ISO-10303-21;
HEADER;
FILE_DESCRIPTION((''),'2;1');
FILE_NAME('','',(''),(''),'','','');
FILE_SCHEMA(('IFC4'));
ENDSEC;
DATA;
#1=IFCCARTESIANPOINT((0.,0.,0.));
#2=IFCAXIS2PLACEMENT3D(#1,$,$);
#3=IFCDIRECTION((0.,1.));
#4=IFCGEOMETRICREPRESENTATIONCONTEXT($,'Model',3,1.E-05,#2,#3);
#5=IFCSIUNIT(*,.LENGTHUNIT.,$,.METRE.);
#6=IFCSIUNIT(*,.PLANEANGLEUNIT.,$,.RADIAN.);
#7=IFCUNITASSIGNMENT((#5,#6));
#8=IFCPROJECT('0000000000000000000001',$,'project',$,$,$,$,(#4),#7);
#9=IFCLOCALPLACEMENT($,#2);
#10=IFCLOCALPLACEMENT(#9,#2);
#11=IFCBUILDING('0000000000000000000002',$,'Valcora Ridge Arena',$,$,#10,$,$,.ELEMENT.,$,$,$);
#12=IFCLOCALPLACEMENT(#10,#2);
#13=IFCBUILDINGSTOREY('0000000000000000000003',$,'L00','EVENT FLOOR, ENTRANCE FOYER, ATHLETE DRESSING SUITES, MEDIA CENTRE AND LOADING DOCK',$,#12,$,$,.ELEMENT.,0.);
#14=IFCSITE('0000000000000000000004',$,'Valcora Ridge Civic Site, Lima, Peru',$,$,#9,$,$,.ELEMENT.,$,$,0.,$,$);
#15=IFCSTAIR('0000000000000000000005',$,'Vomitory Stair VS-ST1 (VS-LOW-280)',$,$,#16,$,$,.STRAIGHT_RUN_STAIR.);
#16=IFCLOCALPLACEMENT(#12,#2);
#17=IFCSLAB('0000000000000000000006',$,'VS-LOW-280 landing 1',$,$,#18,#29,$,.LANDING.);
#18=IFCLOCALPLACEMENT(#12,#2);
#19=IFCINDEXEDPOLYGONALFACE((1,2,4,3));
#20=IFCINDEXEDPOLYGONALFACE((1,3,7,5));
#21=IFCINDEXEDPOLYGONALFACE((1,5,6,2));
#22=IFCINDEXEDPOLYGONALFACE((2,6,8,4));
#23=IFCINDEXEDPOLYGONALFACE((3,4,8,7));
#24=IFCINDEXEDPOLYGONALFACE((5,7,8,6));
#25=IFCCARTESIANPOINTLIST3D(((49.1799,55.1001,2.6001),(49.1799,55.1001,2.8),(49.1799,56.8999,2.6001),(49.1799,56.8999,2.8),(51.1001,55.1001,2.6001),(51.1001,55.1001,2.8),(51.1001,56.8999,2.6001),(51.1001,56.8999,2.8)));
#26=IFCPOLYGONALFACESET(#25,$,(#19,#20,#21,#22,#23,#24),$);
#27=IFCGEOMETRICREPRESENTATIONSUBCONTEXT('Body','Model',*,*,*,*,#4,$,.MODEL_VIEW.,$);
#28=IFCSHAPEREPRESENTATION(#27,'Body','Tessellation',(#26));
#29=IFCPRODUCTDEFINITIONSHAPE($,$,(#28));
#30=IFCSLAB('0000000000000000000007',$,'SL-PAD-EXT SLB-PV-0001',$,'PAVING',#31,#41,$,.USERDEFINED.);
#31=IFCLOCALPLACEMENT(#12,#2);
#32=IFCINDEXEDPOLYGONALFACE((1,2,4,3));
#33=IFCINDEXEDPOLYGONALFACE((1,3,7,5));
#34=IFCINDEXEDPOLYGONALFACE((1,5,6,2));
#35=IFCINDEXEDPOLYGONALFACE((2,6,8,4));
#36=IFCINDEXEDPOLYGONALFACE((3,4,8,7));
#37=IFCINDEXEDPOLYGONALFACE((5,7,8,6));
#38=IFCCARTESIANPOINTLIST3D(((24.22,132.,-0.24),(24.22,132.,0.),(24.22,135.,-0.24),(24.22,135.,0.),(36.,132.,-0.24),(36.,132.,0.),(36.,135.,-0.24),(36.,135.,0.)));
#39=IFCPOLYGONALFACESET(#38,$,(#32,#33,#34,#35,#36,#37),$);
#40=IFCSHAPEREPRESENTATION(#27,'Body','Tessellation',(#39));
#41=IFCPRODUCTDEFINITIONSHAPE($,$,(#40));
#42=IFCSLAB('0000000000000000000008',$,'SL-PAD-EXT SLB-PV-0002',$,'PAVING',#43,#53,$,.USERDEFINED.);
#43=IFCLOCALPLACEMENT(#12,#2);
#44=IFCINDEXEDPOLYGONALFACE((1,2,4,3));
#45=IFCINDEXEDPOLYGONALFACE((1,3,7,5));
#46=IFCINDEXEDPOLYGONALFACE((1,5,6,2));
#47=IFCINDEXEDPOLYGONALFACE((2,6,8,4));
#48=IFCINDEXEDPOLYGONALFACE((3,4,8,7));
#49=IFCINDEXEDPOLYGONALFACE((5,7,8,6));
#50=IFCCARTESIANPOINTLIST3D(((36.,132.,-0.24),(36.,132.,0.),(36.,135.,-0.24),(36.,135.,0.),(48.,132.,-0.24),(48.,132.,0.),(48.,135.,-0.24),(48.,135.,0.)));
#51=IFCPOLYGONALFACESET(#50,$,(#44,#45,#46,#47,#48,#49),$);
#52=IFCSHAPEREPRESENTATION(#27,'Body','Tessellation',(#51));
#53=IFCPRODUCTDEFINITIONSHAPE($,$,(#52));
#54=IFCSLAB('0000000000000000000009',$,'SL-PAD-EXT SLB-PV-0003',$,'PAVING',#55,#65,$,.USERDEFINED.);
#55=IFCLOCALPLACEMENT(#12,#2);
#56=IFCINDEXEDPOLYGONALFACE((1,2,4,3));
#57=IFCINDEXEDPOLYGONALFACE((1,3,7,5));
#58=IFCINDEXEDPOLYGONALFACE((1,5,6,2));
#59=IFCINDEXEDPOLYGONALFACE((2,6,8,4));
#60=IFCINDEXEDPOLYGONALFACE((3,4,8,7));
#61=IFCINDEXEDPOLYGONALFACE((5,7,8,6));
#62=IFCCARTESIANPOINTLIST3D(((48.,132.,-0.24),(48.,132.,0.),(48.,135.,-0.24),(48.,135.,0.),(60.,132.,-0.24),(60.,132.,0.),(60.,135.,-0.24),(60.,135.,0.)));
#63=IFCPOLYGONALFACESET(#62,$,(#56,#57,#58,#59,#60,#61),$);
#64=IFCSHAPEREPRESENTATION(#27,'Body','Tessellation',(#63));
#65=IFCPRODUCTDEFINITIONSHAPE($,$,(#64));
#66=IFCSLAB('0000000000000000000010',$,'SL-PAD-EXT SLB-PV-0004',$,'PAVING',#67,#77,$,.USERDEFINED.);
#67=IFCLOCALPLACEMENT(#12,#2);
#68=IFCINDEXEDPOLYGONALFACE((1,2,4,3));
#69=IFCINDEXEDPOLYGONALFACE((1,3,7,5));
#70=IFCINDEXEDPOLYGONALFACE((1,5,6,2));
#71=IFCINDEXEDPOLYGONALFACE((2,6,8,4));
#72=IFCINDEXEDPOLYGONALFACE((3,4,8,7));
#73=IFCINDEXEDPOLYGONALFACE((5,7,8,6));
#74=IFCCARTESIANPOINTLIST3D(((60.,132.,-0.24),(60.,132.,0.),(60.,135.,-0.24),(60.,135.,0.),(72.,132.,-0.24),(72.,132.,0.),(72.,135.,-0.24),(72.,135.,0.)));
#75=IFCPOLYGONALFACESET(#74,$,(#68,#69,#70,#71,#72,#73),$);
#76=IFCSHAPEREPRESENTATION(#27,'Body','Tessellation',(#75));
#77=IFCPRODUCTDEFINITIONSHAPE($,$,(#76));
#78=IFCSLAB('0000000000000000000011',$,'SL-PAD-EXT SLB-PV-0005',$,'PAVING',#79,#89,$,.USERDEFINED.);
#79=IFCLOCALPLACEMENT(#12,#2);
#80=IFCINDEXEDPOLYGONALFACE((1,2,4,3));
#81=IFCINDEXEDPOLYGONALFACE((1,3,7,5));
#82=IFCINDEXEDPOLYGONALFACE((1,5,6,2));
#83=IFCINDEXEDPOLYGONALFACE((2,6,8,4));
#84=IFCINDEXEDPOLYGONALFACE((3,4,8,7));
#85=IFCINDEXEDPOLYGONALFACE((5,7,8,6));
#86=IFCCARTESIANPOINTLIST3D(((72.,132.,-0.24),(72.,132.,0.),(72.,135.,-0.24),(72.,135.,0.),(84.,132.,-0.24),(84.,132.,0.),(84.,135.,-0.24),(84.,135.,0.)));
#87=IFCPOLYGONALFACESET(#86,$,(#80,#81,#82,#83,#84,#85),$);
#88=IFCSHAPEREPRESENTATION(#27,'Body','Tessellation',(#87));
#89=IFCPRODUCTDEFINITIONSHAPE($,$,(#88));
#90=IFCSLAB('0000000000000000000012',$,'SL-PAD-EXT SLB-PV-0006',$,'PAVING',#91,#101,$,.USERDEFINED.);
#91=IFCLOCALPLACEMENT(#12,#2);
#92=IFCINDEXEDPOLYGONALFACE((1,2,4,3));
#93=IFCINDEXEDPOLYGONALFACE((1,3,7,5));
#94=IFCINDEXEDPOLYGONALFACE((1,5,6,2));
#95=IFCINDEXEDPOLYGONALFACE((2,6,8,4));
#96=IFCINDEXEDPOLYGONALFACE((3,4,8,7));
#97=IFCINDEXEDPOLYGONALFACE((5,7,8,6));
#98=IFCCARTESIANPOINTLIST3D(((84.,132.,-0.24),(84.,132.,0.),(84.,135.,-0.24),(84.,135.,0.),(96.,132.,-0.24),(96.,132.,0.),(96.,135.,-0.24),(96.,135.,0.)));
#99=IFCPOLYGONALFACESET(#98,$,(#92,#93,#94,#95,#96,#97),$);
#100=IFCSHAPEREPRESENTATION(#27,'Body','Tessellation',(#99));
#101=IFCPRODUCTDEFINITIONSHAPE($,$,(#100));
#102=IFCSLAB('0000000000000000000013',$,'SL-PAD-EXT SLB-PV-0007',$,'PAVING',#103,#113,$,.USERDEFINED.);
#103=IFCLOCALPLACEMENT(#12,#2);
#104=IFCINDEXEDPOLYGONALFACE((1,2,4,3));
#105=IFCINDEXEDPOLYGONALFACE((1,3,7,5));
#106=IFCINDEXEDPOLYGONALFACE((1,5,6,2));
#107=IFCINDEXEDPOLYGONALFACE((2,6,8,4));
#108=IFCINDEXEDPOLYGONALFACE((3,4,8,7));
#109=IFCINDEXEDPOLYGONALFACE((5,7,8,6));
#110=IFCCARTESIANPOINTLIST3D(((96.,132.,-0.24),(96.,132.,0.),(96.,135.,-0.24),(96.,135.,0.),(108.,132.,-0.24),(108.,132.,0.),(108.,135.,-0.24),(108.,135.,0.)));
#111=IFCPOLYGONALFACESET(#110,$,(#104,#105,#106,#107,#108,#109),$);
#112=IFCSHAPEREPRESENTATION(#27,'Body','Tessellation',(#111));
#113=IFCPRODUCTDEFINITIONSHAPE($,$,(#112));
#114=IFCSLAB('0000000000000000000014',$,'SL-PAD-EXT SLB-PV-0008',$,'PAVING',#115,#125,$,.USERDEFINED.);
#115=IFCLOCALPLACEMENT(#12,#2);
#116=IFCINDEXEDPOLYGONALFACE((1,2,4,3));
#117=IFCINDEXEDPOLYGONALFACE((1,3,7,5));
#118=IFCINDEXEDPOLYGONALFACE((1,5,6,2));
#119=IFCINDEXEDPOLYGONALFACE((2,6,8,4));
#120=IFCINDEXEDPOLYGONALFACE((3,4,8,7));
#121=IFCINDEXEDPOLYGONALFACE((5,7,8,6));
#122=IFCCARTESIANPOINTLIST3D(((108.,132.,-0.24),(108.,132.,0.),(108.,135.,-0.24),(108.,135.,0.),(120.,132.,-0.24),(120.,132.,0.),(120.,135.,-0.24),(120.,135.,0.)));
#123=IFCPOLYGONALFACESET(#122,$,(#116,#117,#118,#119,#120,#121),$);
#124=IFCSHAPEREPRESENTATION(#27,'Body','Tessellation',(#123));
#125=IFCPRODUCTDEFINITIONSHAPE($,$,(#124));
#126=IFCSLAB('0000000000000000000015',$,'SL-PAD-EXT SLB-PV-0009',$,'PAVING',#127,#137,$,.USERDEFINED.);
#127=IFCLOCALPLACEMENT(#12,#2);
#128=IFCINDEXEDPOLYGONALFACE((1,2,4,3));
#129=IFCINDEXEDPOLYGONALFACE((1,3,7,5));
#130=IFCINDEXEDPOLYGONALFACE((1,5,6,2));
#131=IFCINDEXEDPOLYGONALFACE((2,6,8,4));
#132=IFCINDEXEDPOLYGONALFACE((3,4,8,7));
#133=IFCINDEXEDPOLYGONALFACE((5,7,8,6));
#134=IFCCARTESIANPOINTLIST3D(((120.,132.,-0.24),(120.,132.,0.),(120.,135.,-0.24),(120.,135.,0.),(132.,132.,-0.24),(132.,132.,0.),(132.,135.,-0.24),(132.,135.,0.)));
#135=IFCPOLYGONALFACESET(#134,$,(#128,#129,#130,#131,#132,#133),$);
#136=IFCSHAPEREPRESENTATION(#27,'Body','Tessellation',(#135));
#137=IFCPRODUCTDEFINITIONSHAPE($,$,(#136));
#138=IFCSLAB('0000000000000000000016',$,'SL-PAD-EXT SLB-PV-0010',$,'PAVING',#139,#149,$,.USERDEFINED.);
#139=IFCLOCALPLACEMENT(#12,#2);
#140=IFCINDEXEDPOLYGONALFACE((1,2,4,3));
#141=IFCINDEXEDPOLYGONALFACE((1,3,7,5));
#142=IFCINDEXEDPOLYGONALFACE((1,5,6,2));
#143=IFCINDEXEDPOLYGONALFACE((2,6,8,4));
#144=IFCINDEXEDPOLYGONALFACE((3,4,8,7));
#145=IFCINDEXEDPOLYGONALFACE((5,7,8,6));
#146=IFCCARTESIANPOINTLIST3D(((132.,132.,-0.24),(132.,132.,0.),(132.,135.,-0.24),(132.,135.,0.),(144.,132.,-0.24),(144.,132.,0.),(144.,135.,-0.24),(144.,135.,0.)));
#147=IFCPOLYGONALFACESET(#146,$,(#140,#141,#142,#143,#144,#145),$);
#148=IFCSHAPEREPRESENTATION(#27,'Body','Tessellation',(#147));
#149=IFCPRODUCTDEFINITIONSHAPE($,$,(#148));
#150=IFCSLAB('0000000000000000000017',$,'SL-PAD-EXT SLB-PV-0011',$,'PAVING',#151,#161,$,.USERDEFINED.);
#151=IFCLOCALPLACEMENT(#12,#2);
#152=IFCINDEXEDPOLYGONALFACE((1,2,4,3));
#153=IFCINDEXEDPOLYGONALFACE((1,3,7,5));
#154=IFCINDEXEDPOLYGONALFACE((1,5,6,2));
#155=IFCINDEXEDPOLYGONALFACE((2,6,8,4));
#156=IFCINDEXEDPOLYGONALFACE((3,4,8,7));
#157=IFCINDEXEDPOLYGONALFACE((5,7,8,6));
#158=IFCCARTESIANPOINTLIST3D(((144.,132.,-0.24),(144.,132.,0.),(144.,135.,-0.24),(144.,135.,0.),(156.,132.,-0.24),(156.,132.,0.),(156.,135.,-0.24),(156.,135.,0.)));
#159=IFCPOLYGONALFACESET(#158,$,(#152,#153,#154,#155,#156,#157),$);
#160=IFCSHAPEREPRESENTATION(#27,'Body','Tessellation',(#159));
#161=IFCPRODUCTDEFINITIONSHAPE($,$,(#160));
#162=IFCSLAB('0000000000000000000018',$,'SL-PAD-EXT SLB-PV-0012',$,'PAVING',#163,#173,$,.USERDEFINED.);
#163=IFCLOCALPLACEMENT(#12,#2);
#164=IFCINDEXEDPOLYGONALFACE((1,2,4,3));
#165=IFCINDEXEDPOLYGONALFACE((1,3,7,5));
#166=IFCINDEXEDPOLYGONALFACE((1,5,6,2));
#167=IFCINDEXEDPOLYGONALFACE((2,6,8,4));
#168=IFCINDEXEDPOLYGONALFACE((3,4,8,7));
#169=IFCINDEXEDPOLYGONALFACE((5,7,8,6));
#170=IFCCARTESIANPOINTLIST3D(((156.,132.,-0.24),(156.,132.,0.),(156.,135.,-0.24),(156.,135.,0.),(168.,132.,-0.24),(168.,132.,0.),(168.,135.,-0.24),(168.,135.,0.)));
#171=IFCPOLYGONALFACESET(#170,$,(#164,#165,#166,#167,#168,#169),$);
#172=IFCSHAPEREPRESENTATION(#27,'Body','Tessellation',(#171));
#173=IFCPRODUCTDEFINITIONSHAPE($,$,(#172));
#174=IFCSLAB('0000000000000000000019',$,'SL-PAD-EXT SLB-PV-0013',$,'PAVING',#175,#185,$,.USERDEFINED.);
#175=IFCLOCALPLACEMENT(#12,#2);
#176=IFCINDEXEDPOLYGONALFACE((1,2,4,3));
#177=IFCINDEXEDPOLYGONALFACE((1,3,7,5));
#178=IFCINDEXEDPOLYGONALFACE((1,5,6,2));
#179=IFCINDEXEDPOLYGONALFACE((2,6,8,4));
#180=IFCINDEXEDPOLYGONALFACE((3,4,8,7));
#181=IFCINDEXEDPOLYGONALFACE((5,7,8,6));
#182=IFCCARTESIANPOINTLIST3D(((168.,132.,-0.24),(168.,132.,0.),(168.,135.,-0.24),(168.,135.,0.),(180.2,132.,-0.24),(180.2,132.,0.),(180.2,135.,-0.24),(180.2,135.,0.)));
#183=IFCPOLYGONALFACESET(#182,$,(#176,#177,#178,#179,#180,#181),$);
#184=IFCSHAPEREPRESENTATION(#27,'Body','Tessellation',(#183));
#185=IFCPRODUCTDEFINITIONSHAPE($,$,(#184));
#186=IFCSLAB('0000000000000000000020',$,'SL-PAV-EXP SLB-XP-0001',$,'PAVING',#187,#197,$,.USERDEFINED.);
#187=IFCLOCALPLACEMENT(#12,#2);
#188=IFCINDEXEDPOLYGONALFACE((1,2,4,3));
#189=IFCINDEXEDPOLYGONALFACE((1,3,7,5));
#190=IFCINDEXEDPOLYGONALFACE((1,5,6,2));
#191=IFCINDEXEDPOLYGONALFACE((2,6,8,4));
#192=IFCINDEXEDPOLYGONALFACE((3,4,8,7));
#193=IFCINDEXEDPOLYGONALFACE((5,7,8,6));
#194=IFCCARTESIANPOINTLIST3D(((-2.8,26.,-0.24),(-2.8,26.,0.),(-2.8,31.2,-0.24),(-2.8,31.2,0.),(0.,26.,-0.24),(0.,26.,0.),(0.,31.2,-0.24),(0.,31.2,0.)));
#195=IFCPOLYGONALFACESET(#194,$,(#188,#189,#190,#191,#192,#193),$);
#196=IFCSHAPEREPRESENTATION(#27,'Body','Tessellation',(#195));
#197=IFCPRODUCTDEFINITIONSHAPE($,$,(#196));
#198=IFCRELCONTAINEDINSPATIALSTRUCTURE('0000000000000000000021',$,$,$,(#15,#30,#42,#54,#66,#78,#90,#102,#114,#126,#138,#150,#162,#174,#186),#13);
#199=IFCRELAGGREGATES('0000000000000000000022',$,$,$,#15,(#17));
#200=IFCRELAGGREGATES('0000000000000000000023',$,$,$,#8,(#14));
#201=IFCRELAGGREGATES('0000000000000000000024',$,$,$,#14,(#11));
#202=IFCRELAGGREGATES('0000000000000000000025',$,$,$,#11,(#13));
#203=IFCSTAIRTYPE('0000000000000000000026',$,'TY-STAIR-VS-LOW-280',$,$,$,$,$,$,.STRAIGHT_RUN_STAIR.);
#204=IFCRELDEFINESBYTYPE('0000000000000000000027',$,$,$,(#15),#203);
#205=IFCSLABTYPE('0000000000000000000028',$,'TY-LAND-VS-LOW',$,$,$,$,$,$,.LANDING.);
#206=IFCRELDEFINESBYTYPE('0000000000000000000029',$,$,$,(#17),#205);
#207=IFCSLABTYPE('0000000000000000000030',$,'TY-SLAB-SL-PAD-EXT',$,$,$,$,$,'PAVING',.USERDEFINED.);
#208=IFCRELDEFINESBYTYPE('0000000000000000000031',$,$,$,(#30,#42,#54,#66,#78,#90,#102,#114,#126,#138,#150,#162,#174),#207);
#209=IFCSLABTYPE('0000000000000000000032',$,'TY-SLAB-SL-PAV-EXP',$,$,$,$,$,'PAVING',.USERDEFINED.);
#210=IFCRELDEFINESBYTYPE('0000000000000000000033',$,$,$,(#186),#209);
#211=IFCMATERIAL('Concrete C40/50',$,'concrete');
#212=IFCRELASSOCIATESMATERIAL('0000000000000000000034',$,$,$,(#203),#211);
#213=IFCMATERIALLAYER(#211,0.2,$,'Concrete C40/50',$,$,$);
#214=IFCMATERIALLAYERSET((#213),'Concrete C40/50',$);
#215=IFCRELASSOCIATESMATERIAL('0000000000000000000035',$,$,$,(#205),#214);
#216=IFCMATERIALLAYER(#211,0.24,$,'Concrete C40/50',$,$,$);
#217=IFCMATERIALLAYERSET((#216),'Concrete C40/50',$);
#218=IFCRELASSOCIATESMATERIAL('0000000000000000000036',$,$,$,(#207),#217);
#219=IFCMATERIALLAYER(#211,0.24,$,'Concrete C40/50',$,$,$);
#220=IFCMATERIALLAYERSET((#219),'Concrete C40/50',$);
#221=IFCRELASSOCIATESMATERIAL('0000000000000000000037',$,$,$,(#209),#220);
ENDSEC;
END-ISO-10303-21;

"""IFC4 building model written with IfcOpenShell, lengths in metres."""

from ifc_helpers import new_model, si_unit, direction, frame, origin, place, context, subcontext, project, spatial, polyline, outline, extrude, material, layer, layer_set, type_object, element, aggregate, save


model = new_model("IFC4")

# Units and contexts
model_context = context("Model", 3, precision=1e-05, world=origin(), true_north=direction((0.0, 1.0)))
body_context = subcontext(model_context, "Body", "Model", "MODEL_VIEW")
ifc_project = project(units=[si_unit("LENGTHUNIT", "METRE"), si_unit("PLANEANGLEUNIT", "RADIAN")], contexts=[model_context])

# Site, building, storey
site_placement = place(None, origin())
site = spatial("IfcSite", under=ifc_project, at=site_placement, Name="Valcora Ridge Civic Site, Lima, Peru", CompositionType="ELEMENT", RefElevation=0.0)
building_placement = place(site_placement, origin())
building = spatial("IfcBuilding", under=site, at=building_placement, Name="Valcora Ridge Arena", CompositionType="ELEMENT")
storey_placement = place(building_placement, origin())
storey = spatial("IfcBuildingStorey", under=building, at=storey_placement, Name="L00", Description="EVENT FLOOR, ENTRANCE FOYER, ATHLETE DRESSING SUITES, MEDIA CENTRE AND LOADING DOCK", CompositionType="ELEMENT", Elevation=0.0)

# Stair, slab
ifc_material_1 = material(Name="Concrete C40/50", Category="concrete")
stair_type = type_object("IfcStairType", Name="TY-STAIR-VS-LOW-280", PredefinedType="STRAIGHT_RUN_STAIR", material=ifc_material_1)
stair_placement = place(storey_placement, origin())
stair = element("IfcStair", 1, at=stair_placement, inside=storey, type_object=stair_type, Name="Vomitory Stair VS-ST1 (VS-LOW-280)", PredefinedType="STRAIGHT_RUN_STAIR")
ifc_layer_1 = layer(ifc_material_1, 0.2, Name="Concrete C40/50")
ifc_layer_set_1 = layer_set([ifc_layer_1], Name="Concrete C40/50")
slab_type_1 = type_object("IfcSlabType", Name="TY-LAND-VS-LOW", PredefinedType="LANDING", material=ifc_layer_set_1)
slab_1_placement = place(storey_placement, frame((0.0, 0.0, 2.6001)))
slab_1 = element("IfcSlab", 2, at=slab_1_placement, type_object=slab_type_1, Name="VS-LOW-280 landing 1", PredefinedType="LANDING", context=body_context, shape_type="SweptSolid", body=[
    extrude(outline(polyline([(49.1799, 55.1001), (51.1001, 55.1001), (51.1001, 56.8999), (49.1799, 56.8999), (49.1799, 55.1001)])), origin(), (0.0, 0.0, 1.0), 0.2),
])
aggregate(stair, [slab_1])

# Slabs
ifc_layer_2 = layer(ifc_material_1, 0.24, Name="Concrete C40/50")
ifc_layer_set_2 = layer_set([ifc_layer_2], Name="Concrete C40/50")
slab_type_2 = type_object("IfcSlabType", Name="TY-SLAB-SL-PAD-EXT", ElementType="PAVING", PredefinedType="USERDEFINED", material=ifc_layer_set_2)
slab_2_placement = place(storey_placement, frame((0.0, 0.0, -0.24)))
element("IfcSlab", 3, at=slab_2_placement, inside=storey, type_object=slab_type_2, Name="SL-PAD-EXT SLB-PV-0001", ObjectType="PAVING", PredefinedType="USERDEFINED", context=body_context, shape_type="SweptSolid", body=[
    extrude(outline(polyline([(24.22, 132.0), (36.0, 132.0), (36.0, 135.0), (24.22, 135.0), (24.22, 132.0)])), origin(), (0.0, 0.0, 1.0), 0.24),
])
slab_3_placement = place(storey_placement, frame((0.0, 0.0, -0.24)))
element("IfcSlab", 4, at=slab_3_placement, inside=storey, type_object=slab_type_2, Name="SL-PAD-EXT SLB-PV-0002", ObjectType="PAVING", PredefinedType="USERDEFINED", context=body_context, shape_type="SweptSolid", body=[
    extrude(outline(polyline([(36.0, 132.0), (48.0, 132.0), (48.0, 135.0), (36.0, 135.0), (36.0, 132.0)])), origin(), (0.0, 0.0, 1.0), 0.24),
])
slab_4_placement = place(storey_placement, frame((0.0, 0.0, -0.24)))
element("IfcSlab", 5, at=slab_4_placement, inside=storey, type_object=slab_type_2, Name="SL-PAD-EXT SLB-PV-0003", ObjectType="PAVING", PredefinedType="USERDEFINED", context=body_context, shape_type="SweptSolid", body=[
    extrude(outline(polyline([(48.0, 132.0), (60.0, 132.0), (60.0, 135.0), (48.0, 135.0), (48.0, 132.0)])), origin(), (0.0, 0.0, 1.0), 0.24),
])
slab_5_placement = place(storey_placement, frame((0.0, 0.0, -0.24)))
element("IfcSlab", 6, at=slab_5_placement, inside=storey, type_object=slab_type_2, Name="SL-PAD-EXT SLB-PV-0004", ObjectType="PAVING", PredefinedType="USERDEFINED", context=body_context, shape_type="SweptSolid", body=[
    extrude(outline(polyline([(60.0, 132.0), (72.0, 132.0), (72.0, 135.0), (60.0, 135.0), (60.0, 132.0)])), origin(), (0.0, 0.0, 1.0), 0.24),
])
slab_6_placement = place(storey_placement, frame((0.0, 0.0, -0.24)))
element("IfcSlab", 7, at=slab_6_placement, inside=storey, type_object=slab_type_2, Name="SL-PAD-EXT SLB-PV-0005", ObjectType="PAVING", PredefinedType="USERDEFINED", context=body_context, shape_type="SweptSolid", body=[
    extrude(outline(polyline([(72.0, 132.0), (84.0, 132.0), (84.0, 135.0), (72.0, 135.0), (72.0, 132.0)])), origin(), (0.0, 0.0, 1.0), 0.24),
])
slab_7_placement = place(storey_placement, frame((0.0, 0.0, -0.24)))
element("IfcSlab", 8, at=slab_7_placement, inside=storey, type_object=slab_type_2, Name="SL-PAD-EXT SLB-PV-0006", ObjectType="PAVING", PredefinedType="USERDEFINED", context=body_context, shape_type="SweptSolid", body=[
    extrude(outline(polyline([(84.0, 132.0), (96.0, 132.0), (96.0, 135.0), (84.0, 135.0), (84.0, 132.0)])), origin(), (0.0, 0.0, 1.0), 0.24),
])
slab_8_placement = place(storey_placement, frame((0.0, 0.0, -0.24)))
element("IfcSlab", 9, at=slab_8_placement, inside=storey, type_object=slab_type_2, Name="SL-PAD-EXT SLB-PV-0007", ObjectType="PAVING", PredefinedType="USERDEFINED", context=body_context, shape_type="SweptSolid", body=[
    extrude(outline(polyline([(96.0, 132.0), (108.0, 132.0), (108.0, 135.0), (96.0, 135.0), (96.0, 132.0)])), origin(), (0.0, 0.0, 1.0), 0.24),
])
slab_9_placement = place(storey_placement, frame((0.0, 0.0, -0.24)))
element("IfcSlab", 10, at=slab_9_placement, inside=storey, type_object=slab_type_2, Name="SL-PAD-EXT SLB-PV-0008", ObjectType="PAVING", PredefinedType="USERDEFINED", context=body_context, shape_type="SweptSolid", body=[
    extrude(outline(polyline([(108.0, 132.0), (120.0, 132.0), (120.0, 135.0), (108.0, 135.0), (108.0, 132.0)])), origin(), (0.0, 0.0, 1.0), 0.24),
])
slab_10_placement = place(storey_placement, frame((0.0, 0.0, -0.24)))
element("IfcSlab", 11, at=slab_10_placement, inside=storey, type_object=slab_type_2, Name="SL-PAD-EXT SLB-PV-0009", ObjectType="PAVING", PredefinedType="USERDEFINED", context=body_context, shape_type="SweptSolid", body=[
    extrude(outline(polyline([(120.0, 132.0), (132.0, 132.0), (132.0, 135.0), (120.0, 135.0), (120.0, 132.0)])), origin(), (0.0, 0.0, 1.0), 0.24),
])
slab_11_placement = place(storey_placement, frame((0.0, 0.0, -0.24)))
element("IfcSlab", 12, at=slab_11_placement, inside=storey, type_object=slab_type_2, Name="SL-PAD-EXT SLB-PV-0010", ObjectType="PAVING", PredefinedType="USERDEFINED", context=body_context, shape_type="SweptSolid", body=[
    extrude(outline(polyline([(132.0, 132.0), (144.0, 132.0), (144.0, 135.0), (132.0, 135.0), (132.0, 132.0)])), origin(), (0.0, 0.0, 1.0), 0.24),
])
slab_12_placement = place(storey_placement, frame((0.0, 0.0, -0.24)))
element("IfcSlab", 13, at=slab_12_placement, inside=storey, type_object=slab_type_2, Name="SL-PAD-EXT SLB-PV-0011", ObjectType="PAVING", PredefinedType="USERDEFINED", context=body_context, shape_type="SweptSolid", body=[
    extrude(outline(polyline([(144.0, 132.0), (156.0, 132.0), (156.0, 135.0), (144.0, 135.0), (144.0, 132.0)])), origin(), (0.0, 0.0, 1.0), 0.24),
])
slab_13_placement = place(storey_placement, frame((0.0, 0.0, -0.24)))
element("IfcSlab", 14, at=slab_13_placement, inside=storey, type_object=slab_type_2, Name="SL-PAD-EXT SLB-PV-0012", ObjectType="PAVING", PredefinedType="USERDEFINED", context=body_context, shape_type="SweptSolid", body=[
    extrude(outline(polyline([(156.0, 132.0), (168.0, 132.0), (168.0, 135.0), (156.0, 135.0), (156.0, 132.0)])), origin(), (0.0, 0.0, 1.0), 0.24),
])
slab_14_placement = place(storey_placement, frame((0.0, 0.0, -0.24)))
element("IfcSlab", 15, at=slab_14_placement, inside=storey, type_object=slab_type_2, Name="SL-PAD-EXT SLB-PV-0013", ObjectType="PAVING", PredefinedType="USERDEFINED", context=body_context, shape_type="SweptSolid", body=[
    extrude(outline(polyline([(168.0, 132.0), (180.2, 132.0), (180.2, 135.0), (168.0, 135.0), (168.0, 132.0)])), origin(), (0.0, 0.0, 1.0), 0.24),
])
ifc_layer_3 = layer(ifc_material_1, 0.24, Name="Concrete C40/50")
ifc_layer_set_3 = layer_set([ifc_layer_3], Name="Concrete C40/50")
slab_type_3 = type_object("IfcSlabType", Name="TY-SLAB-SL-PAV-EXP", ElementType="PAVING", PredefinedType="USERDEFINED", material=ifc_layer_set_3)
slab_15_placement = place(storey_placement, frame((0.0, 0.0, -0.24)))
element("IfcSlab", 16, at=slab_15_placement, inside=storey, type_object=slab_type_3, Name="SL-PAV-EXP SLB-XP-0001", ObjectType="PAVING", PredefinedType="USERDEFINED", context=body_context, shape_type="SweptSolid", body=[
    extrude(outline(polyline([(-2.8, 26.0), (0.0, 26.0), (0.0, 31.2), (-2.8, 31.2), (-2.8, 26.0)])), origin(), (0.0, 0.0, 1.0), 0.24),
])

save(model, "model.ifc")
